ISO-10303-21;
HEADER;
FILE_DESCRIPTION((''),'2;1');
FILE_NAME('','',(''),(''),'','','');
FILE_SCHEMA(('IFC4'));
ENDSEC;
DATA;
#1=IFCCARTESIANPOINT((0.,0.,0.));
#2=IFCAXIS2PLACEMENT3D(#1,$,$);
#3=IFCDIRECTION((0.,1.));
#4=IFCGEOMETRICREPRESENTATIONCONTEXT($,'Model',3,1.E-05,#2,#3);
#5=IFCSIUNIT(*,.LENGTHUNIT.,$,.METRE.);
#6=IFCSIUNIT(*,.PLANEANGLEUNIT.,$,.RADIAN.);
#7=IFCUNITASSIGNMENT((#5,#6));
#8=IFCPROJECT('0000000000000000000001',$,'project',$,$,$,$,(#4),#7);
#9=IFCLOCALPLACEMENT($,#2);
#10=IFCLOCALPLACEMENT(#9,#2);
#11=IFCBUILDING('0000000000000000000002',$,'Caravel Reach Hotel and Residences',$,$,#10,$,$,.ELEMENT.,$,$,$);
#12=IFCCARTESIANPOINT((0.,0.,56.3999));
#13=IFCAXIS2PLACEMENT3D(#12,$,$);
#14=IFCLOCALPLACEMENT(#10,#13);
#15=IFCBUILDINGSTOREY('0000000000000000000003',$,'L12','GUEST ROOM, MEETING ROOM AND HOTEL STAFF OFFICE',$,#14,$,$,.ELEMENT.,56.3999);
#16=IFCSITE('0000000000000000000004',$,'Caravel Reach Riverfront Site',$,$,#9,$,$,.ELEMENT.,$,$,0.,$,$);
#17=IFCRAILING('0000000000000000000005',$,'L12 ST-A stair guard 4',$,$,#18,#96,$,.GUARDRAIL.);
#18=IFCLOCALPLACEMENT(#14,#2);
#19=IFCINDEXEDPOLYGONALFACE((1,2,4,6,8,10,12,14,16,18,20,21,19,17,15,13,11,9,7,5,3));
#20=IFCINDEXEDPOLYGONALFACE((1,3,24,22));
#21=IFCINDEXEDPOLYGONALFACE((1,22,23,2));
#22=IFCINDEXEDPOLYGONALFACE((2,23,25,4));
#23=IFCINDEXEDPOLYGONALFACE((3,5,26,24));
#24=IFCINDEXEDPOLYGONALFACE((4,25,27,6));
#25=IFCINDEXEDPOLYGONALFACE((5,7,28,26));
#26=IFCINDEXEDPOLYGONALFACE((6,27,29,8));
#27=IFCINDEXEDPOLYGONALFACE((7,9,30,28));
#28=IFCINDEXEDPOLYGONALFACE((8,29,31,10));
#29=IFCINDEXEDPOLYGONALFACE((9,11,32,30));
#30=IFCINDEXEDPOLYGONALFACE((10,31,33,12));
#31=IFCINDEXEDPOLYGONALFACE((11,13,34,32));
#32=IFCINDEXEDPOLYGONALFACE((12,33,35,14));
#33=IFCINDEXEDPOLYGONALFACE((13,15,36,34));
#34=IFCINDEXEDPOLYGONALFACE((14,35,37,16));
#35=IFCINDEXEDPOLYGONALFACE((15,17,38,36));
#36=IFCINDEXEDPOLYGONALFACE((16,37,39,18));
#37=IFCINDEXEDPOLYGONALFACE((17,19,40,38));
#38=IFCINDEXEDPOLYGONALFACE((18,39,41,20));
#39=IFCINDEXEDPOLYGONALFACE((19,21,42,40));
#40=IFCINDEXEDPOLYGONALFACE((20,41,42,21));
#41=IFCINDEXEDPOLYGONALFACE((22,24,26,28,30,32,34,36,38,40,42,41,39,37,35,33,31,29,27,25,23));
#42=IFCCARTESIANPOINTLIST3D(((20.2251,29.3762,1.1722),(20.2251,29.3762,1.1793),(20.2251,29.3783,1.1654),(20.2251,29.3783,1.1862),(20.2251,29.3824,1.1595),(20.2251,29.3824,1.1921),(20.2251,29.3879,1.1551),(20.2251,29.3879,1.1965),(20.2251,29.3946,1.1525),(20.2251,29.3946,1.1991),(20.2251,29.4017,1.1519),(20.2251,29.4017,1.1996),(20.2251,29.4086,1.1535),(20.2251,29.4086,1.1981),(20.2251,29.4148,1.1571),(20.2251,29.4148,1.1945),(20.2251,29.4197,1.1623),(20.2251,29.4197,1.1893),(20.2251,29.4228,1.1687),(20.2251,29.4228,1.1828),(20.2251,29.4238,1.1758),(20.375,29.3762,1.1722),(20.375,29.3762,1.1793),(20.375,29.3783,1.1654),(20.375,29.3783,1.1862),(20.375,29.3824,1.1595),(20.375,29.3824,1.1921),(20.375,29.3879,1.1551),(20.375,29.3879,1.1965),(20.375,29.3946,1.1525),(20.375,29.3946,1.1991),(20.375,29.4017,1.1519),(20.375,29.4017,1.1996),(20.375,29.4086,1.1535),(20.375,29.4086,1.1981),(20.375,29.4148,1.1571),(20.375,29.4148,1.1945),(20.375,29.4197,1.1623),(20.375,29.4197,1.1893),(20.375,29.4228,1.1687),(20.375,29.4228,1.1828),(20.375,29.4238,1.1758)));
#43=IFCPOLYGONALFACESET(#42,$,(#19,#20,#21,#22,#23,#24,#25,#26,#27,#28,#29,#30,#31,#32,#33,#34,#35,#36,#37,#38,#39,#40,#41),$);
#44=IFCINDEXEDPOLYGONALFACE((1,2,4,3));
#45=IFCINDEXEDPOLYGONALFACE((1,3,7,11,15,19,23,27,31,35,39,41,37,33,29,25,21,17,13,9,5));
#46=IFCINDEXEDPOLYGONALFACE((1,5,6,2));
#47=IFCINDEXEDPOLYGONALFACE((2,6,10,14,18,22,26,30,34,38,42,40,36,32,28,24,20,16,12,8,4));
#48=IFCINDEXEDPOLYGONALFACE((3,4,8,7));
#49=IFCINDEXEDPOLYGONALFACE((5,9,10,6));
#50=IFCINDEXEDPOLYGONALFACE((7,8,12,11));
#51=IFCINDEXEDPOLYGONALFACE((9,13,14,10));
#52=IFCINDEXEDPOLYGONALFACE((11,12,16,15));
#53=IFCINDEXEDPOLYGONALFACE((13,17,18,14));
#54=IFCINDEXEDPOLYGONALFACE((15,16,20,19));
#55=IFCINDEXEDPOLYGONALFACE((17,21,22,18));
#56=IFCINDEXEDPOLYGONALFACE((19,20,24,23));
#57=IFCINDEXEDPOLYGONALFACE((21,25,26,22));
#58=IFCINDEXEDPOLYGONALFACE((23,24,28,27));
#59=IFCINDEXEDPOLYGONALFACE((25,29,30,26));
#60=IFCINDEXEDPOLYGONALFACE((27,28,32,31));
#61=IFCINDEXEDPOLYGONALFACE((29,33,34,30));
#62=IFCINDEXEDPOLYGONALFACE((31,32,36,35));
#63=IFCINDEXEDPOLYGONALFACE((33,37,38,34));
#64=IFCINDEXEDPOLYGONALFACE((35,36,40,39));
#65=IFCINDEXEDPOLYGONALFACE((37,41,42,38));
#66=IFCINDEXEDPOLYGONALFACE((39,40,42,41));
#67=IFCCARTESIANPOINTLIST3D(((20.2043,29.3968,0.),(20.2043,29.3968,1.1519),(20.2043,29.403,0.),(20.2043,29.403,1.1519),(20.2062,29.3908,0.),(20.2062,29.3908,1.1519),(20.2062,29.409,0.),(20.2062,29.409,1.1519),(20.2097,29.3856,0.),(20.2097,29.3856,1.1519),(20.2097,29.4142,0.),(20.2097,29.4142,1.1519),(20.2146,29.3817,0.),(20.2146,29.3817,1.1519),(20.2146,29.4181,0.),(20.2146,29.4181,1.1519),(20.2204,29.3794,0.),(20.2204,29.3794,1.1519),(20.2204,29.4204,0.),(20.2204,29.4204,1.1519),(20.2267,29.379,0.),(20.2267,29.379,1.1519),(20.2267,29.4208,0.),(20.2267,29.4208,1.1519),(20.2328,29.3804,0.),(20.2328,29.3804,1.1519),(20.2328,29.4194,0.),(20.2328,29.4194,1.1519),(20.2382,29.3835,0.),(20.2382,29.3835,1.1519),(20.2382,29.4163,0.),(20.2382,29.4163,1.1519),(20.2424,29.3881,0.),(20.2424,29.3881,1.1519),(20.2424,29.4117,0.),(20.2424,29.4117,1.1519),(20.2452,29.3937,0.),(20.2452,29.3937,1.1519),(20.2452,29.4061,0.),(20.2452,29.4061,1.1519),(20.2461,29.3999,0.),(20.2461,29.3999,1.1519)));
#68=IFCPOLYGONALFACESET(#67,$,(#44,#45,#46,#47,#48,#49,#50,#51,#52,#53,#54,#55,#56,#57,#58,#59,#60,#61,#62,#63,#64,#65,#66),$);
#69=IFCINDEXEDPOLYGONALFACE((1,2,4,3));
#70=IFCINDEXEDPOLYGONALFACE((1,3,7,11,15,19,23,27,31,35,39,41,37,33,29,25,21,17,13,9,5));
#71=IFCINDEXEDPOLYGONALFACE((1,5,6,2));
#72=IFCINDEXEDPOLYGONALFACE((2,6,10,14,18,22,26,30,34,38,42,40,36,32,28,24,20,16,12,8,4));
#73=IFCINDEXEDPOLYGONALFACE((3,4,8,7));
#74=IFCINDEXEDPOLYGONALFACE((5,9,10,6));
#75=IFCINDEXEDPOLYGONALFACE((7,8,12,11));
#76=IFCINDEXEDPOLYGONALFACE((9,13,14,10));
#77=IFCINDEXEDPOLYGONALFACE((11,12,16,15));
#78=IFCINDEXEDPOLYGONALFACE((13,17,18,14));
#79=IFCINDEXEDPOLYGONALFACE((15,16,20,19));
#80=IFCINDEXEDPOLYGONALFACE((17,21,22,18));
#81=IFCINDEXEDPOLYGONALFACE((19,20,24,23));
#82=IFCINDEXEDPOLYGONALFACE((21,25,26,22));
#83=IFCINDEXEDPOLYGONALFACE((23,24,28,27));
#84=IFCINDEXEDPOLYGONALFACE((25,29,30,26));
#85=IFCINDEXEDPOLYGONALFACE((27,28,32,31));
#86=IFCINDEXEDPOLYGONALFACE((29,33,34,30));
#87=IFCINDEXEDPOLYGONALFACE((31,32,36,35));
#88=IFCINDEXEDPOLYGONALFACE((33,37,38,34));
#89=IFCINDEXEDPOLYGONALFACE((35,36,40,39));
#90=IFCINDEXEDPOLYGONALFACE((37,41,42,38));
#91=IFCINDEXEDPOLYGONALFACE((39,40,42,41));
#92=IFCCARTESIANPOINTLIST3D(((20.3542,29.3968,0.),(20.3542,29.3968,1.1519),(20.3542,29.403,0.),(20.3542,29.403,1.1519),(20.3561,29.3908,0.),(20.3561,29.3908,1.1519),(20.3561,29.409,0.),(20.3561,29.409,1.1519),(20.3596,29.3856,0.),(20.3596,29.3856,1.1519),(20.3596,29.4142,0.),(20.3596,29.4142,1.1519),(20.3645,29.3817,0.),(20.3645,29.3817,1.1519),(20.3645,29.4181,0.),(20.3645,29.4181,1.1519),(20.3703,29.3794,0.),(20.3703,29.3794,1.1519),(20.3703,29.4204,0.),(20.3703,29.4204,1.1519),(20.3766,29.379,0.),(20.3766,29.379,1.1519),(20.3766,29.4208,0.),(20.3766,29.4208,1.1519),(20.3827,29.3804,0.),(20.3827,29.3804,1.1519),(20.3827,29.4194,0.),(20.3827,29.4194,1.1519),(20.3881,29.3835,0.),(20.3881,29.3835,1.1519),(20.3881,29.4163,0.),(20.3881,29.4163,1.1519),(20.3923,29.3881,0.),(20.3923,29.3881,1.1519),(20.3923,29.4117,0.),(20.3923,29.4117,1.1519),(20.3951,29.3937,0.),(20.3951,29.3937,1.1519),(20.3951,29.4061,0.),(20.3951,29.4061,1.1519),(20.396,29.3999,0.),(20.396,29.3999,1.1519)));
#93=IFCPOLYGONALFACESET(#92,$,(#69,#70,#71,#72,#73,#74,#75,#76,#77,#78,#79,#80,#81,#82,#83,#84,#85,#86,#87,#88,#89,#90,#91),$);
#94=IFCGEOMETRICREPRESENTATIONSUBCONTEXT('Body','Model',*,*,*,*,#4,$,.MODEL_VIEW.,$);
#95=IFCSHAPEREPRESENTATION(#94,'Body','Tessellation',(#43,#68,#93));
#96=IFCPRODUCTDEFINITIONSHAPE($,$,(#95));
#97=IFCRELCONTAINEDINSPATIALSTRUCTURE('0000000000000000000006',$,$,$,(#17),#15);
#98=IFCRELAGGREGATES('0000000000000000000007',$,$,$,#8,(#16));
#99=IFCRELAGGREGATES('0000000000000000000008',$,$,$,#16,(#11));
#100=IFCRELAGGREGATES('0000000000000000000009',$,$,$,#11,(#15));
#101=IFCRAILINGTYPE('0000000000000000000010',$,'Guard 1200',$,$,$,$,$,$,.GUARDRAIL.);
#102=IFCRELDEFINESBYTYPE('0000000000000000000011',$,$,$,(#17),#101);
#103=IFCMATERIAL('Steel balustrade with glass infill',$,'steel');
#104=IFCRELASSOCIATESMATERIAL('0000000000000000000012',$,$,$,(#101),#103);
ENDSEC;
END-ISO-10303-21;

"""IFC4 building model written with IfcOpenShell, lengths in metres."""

from ifc_helpers import new_model, si_unit, direction, frame, origin, origin_2d, place, context, subcontext, project, spatial, circle, extrude, material, type_object, element, save


model = new_model("IFC4")

# Units and contexts
model_context = context("Model", 3, precision=1e-05, world=origin(), true_north=direction((0.0, 1.0)))
body_context = subcontext(model_context, "Body", "Model", "MODEL_VIEW")
ifc_project = project(units=[si_unit("LENGTHUNIT", "METRE"), si_unit("PLANEANGLEUNIT", "RADIAN")], contexts=[model_context])

# Site, building, storey
site_placement = place(None, origin())
site = spatial("IfcSite", under=ifc_project, at=site_placement, Name="Caravel Reach Riverfront Site", CompositionType="ELEMENT", RefElevation=0.0)
building_placement = place(site_placement, origin())
building = spatial("IfcBuilding", under=site, at=building_placement, Name="Caravel Reach Hotel and Residences", CompositionType="ELEMENT")
storey_placement = place(building_placement, frame((0.0, 0.0, 56.3999)))
storey = spatial("IfcBuildingStorey", under=building, at=storey_placement, Name="L12", Description="GUEST ROOM, MEETING ROOM AND HOTEL STAFF OFFICE", CompositionType="ELEMENT", Elevation=56.3999)

# Railing
ifc_material_1 = material(Name="Steel balustrade with glass infill", Category="steel")
railing_type_1 = type_object("IfcRailingType", Name="Guard 1200", PredefinedType="GUARDRAIL", material=ifc_material_1)
railing_1_placement = place(storey_placement, frame((20.2251, 29.3999, 0.0)))
element("IfcRailing", 1, at=railing_1_placement, inside=storey, type_object=railing_type_1, Name="L12 ST-A stair guard 4", PredefinedType="GUARDRAIL", context=body_context, shape_type="SweptSolid", body=[
    extrude(circle(Radius=0.0239, at=origin_2d()), frame((0.0, 0.0, 1.1758), z_axis=(1.0, 0.0, 0.0), x_axis=(0.0, 1.0, 0.0)), (0.0, 0.0, 1.0), 0.1499),
    extrude(circle(Radius=0.021, at=origin_2d()), origin(), (0.0, 0.0, 1.0), 1.1519),
    extrude(circle(Radius=0.021, at=origin_2d()), frame((0.1499, 0.0, 0.0)), (0.0, 0.0, 1.0), 1.1519),
])

save(model, "model.ifc")
